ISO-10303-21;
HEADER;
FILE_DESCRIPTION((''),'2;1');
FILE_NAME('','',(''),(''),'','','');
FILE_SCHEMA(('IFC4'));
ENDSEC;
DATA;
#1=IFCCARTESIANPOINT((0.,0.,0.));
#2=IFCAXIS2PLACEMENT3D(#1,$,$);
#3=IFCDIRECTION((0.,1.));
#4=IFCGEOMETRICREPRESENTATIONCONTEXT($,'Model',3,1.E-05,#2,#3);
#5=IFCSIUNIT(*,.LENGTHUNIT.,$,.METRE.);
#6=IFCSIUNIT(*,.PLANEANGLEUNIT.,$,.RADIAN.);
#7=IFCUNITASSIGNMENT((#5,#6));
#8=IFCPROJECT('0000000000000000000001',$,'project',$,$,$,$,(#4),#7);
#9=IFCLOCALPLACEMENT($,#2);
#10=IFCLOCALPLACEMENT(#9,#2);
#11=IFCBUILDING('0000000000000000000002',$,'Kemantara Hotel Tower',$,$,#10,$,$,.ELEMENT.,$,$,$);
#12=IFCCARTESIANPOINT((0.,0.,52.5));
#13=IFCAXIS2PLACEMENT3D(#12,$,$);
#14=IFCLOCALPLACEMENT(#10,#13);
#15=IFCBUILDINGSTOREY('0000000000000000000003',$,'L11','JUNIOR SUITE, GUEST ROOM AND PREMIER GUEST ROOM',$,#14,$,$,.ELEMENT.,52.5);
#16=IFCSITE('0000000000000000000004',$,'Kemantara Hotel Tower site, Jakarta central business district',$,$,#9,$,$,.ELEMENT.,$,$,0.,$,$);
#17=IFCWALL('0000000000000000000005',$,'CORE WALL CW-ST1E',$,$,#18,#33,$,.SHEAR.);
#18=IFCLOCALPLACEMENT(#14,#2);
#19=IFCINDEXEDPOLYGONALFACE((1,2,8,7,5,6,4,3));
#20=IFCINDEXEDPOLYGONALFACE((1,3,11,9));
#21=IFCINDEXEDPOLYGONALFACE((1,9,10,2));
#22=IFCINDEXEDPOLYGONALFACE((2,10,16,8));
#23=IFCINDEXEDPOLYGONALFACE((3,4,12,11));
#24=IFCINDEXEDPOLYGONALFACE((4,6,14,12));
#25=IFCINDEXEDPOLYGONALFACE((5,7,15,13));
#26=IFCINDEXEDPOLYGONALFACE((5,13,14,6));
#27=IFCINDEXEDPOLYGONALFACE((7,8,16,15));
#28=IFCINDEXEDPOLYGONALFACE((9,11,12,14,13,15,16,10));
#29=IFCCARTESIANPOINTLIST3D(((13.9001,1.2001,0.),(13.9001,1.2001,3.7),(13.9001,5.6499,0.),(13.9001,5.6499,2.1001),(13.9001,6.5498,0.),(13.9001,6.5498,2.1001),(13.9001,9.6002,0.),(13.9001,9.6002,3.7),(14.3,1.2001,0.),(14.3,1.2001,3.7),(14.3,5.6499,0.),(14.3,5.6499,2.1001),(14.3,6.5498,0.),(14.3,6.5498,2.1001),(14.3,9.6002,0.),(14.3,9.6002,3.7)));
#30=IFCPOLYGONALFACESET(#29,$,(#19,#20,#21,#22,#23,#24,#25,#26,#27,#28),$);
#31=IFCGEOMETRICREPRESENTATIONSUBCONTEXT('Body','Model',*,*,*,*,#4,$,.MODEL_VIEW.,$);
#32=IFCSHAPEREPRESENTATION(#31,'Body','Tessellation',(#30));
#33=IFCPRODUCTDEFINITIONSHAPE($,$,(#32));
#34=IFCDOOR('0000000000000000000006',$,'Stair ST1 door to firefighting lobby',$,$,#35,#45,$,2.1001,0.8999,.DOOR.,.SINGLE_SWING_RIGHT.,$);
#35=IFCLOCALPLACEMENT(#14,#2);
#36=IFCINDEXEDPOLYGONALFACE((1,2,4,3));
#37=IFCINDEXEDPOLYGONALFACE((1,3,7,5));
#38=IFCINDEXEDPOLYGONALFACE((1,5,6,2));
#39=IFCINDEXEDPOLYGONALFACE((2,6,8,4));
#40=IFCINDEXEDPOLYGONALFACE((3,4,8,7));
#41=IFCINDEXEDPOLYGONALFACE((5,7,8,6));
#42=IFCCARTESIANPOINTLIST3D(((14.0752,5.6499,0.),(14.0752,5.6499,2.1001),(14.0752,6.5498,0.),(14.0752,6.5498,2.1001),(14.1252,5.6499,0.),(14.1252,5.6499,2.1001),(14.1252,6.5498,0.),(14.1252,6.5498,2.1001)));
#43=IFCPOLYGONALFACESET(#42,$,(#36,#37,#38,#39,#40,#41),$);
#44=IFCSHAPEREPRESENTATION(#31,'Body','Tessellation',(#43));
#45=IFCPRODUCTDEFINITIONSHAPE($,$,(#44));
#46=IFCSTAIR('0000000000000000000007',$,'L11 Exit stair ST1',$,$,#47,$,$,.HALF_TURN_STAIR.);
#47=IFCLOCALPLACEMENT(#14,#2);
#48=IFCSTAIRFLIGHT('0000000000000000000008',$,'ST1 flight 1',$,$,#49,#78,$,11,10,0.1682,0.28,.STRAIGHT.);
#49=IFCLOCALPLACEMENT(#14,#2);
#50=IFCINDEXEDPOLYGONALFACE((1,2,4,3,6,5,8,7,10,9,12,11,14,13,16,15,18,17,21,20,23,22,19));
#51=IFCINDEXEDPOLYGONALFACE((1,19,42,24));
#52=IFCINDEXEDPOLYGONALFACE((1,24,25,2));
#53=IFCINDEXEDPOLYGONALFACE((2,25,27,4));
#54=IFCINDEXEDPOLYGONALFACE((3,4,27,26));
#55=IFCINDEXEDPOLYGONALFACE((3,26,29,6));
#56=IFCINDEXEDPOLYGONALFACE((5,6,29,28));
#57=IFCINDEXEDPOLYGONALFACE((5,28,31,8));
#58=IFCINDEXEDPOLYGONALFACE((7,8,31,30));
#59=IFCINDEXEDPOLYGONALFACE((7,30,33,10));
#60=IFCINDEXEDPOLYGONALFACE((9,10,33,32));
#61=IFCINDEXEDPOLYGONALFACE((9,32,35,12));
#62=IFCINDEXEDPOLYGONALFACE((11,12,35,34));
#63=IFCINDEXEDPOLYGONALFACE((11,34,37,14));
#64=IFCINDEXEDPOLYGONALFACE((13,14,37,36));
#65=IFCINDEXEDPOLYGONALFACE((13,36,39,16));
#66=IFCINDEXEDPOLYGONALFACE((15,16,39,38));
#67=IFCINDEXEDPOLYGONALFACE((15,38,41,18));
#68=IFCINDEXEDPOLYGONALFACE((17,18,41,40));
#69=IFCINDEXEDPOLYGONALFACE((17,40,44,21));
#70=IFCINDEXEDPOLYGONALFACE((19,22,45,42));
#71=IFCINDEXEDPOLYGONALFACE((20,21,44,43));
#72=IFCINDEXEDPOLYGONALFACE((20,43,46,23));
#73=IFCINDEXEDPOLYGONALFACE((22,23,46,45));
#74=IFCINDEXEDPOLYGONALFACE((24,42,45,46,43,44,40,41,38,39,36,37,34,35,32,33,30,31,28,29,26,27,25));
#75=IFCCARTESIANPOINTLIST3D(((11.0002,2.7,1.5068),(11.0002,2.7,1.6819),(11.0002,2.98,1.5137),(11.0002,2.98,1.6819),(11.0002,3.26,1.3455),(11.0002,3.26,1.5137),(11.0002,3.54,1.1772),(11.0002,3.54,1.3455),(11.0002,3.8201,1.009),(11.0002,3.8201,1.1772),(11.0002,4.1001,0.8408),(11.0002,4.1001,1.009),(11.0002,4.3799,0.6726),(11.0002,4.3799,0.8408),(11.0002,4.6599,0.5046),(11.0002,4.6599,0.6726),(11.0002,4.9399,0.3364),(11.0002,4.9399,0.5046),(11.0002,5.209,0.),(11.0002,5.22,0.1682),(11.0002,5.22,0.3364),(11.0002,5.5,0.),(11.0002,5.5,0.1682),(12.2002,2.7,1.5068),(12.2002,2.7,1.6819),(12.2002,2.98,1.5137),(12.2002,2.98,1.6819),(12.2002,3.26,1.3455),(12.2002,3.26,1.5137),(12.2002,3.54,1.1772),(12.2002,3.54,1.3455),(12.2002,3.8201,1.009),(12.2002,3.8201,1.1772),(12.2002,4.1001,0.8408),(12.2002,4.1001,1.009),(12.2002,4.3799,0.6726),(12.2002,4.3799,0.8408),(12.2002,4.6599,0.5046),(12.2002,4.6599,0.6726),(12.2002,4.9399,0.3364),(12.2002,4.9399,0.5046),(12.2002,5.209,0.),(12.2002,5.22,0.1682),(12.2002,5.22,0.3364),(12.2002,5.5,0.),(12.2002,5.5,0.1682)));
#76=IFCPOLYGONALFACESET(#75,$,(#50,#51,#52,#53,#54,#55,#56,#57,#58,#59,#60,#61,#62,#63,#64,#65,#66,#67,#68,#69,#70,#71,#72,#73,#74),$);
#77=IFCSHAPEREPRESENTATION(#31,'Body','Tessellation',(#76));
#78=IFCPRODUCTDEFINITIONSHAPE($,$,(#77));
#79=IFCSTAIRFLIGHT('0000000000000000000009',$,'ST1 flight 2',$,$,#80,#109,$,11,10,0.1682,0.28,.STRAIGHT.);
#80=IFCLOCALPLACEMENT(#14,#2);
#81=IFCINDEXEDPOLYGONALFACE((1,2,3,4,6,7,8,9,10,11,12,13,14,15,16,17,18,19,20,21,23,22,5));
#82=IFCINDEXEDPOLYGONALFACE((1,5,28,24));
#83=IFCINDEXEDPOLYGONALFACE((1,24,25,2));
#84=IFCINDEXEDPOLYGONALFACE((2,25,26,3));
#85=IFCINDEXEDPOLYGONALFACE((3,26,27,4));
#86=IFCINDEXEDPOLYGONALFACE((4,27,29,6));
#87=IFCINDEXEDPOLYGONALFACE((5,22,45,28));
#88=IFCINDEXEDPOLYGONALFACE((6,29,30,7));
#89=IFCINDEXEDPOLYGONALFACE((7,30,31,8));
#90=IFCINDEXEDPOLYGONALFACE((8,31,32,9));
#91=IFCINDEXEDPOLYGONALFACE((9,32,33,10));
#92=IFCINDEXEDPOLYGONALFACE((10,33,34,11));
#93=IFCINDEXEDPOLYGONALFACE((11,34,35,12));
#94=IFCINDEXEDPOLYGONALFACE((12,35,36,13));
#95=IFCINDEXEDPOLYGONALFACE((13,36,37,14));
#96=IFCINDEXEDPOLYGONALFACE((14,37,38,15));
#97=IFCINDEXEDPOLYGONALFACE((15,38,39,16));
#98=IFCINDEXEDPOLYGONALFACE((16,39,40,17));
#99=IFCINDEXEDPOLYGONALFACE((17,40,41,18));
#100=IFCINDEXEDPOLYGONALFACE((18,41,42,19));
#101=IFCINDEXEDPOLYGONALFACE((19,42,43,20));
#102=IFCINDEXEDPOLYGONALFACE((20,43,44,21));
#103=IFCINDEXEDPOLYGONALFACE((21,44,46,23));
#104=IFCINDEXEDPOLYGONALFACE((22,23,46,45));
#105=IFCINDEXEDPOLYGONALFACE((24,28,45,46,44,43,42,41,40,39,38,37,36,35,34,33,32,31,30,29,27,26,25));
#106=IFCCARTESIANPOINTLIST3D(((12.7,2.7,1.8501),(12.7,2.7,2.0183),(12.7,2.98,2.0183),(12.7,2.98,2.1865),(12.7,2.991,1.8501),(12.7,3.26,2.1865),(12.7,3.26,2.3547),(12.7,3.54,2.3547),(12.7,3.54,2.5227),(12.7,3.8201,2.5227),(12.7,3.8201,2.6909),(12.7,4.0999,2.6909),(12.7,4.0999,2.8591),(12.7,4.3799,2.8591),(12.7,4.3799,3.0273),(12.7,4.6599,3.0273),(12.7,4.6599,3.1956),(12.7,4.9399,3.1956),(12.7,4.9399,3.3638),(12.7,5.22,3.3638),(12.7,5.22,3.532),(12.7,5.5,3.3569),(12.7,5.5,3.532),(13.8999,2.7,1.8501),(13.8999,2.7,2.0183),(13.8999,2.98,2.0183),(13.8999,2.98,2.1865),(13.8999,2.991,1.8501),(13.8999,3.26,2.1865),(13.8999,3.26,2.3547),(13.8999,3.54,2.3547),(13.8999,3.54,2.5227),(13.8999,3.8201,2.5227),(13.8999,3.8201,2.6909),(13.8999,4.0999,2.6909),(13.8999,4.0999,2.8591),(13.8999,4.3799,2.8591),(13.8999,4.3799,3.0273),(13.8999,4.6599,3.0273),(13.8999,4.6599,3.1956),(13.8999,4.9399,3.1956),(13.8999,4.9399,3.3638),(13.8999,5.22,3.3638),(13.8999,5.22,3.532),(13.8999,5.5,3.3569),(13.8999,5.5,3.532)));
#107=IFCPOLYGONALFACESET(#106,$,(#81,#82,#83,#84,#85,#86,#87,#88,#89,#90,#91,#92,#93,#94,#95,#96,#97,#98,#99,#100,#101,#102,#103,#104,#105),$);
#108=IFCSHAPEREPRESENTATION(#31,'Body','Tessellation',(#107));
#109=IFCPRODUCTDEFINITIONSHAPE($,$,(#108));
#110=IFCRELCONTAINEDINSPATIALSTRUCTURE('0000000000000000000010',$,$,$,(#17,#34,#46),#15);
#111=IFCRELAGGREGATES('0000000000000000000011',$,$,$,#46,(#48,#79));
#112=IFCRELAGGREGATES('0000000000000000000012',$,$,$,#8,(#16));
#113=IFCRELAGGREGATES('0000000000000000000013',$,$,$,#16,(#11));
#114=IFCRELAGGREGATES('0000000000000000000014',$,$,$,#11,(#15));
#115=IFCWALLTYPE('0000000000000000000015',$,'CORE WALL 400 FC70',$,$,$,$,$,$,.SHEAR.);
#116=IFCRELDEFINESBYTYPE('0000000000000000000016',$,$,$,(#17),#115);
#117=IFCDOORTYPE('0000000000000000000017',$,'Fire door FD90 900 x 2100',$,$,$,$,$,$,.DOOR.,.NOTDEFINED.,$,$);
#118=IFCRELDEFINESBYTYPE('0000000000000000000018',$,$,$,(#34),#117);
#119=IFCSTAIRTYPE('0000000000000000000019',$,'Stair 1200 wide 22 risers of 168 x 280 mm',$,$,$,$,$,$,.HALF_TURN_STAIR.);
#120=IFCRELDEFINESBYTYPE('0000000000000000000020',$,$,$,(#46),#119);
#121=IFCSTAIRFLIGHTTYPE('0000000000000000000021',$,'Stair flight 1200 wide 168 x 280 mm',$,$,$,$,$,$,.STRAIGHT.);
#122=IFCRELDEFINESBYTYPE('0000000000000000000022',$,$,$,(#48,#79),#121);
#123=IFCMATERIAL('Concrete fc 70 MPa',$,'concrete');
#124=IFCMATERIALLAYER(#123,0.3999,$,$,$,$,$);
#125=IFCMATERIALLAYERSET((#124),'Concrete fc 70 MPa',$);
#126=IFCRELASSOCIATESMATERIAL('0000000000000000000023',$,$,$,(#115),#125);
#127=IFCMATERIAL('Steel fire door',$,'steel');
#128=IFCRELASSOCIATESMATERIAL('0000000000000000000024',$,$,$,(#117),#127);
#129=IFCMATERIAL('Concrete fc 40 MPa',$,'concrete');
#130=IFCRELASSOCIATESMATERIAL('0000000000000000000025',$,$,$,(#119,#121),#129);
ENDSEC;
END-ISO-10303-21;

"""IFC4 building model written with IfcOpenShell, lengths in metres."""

from ifc_helpers import new_model, si_unit, direction, frame, frame_2d, origin, place, context, subcontext, project, spatial, polyline, rectangle, outline, extrude, material, layer, layer_set, type_object, element, fill, aggregate, save


model = new_model("IFC4")

# Units and contexts
model_context = context("Model", 3, precision=1e-05, world=origin(), true_north=direction((0.0, 1.0)))
body_context = subcontext(model_context, "Body", "Model", "MODEL_VIEW")
ifc_project = project(units=[si_unit("LENGTHUNIT", "METRE"), si_unit("PLANEANGLEUNIT", "RADIAN")], contexts=[model_context])

# Site, building, storey
site_placement = place(None, origin())
site = spatial("IfcSite", under=ifc_project, at=site_placement, Name="Kemantara Hotel Tower site, Jakarta central business district", CompositionType="ELEMENT", RefElevation=0.0)
building_placement = place(site_placement, origin())
building = spatial("IfcBuilding", under=site, at=building_placement, Name="Kemantara Hotel Tower", CompositionType="ELEMENT")
storey_placement = place(building_placement, frame((0.0, 0.0, 52.5)))
storey = spatial("IfcBuildingStorey", under=building, at=storey_placement, Name="L11", Description="JUNIOR SUITE, GUEST ROOM AND PREMIER GUEST ROOM", CompositionType="ELEMENT", Elevation=52.5)

# Shared definitions
ifc_material_1 = material(Name="Concrete fc 70 MPa", Category="concrete")

# Shared definitions
ifc_layer_1 = layer(ifc_material_1, 0.3999)
ifc_layer_set_1 = layer_set([ifc_layer_1], Name="Concrete fc 70 MPa")
wall_type_1 = type_object("IfcWallType", Name="CORE WALL 400 FC70", PredefinedType="SHEAR", material=ifc_layer_set_1)
ifc_material_2 = material(Name="Steel fire door", Category="steel")

# Wall, opening, door
wall_1_placement = place(storey_placement, frame((14.1001, 1.2, 0.0), z_axis=(0.0, 0.0, 1.0), x_axis=(0.0, 1.0, 0.0)))
wall_1 = element("IfcWall", 1, at=wall_1_placement, inside=storey, type_object=wall_type_1, Name="CORE WALL CW-ST1E", PredefinedType="SHEAR", context=body_context, shape_type="SweptSolid", body=[
    extrude(rectangle(XDim=8.4001, YDim=0.3999, at=frame_2d((4.2002, 0.0))), origin(), (0.0, 0.0, 1.0), 3.7),
])
opening_1_placement = place(wall_1_placement, frame((4.45, 0.0, 0.0)))
opening_1 = element("IfcOpeningElement", 2, at=opening_1_placement, cuts=wall_1, PredefinedType="OPENING", context=body_context, shape_type="SweptSolid", body=[
    extrude(rectangle(XDim=0.8999, YDim=2.1001, at=frame_2d((0.45, 1.05))), frame((0.0, 0.21, 0.0), z_axis=(0.0, -1.0, 0.0), x_axis=(1.0, 0.0, 0.0)), (0.0, 0.0, 1.0), 0.4199),
])
door_type_1 = type_object("IfcDoorType", Name="Fire door FD90 900 x 2100", OperationType="NOTDEFINED", PredefinedType="DOOR", material=ifc_material_2)
door_1_placement = place(opening_1_placement, origin())
door_1 = element("IfcDoor", 3, at=door_1_placement, inside=storey, type_object=door_type_1, Name="Stair ST1 door to firefighting lobby", OperationType="SINGLE_SWING_RIGHT", OverallHeight=2.1001, OverallWidth=0.8999, PredefinedType="DOOR", context=body_context, shape_type="SweptSolid", body=[
    extrude(rectangle(XDim=0.8999, YDim=2.1001, at=frame_2d((0.45, 1.05))), frame((0.0, 0.0249, 0.0), z_axis=(0.0, -1.0, 0.0), x_axis=(1.0, 0.0, 0.0)), (0.0, 0.0, 1.0), 0.05),
])
fill(opening_1, door_1)

# Stair, stair flights
ifc_material_3 = material(Name="Concrete fc 40 MPa", Category="concrete")
stair_type = type_object("IfcStairType", Name="Stair 1200 wide 22 risers of 168 x 280 mm", PredefinedType="HALF_TURN_STAIR", material=ifc_material_3)
stair_placement = place(storey_placement, origin())
stair = element("IfcStair", 4, at=stair_placement, inside=storey, type_object=stair_type, Name="L11 Exit stair ST1", PredefinedType="HALF_TURN_STAIR")
stair_flight_type = type_object("IfcStairFlightType", Name="Stair flight 1200 wide 168 x 280 mm", PredefinedType="STRAIGHT", material=ifc_material_3)
stair_flight_1_placement = place(storey_placement, frame((11.6001, 5.5, 0.0), z_axis=(0.0, 0.0, 1.0), x_axis=(0.0, -1.0, 0.0)))
stair_flight_1 = element("IfcStairFlight", 5, at=stair_flight_1_placement, type_object=stair_flight_type, Name="ST1 flight 1", NumberOfRisers=11, NumberOfTreads=10, PredefinedType="STRAIGHT", RiserHeight=0.1682, TreadLength=0.28, context=body_context, shape_type="SweptSolid", body=[
    extrude(outline(polyline([(0.0, 0.0), (0.0, 0.1682), (0.28, 0.1682), (0.28, 0.3364), (0.5601, 0.3364), (0.5601, 0.5046), (0.8401, 0.5046), (0.8401, 0.6726), (1.1201, 0.6726), (1.1201, 0.8408), (1.3999, 0.8408), (1.3999, 1.009), (1.6799, 1.009), (1.6799, 1.1772), (1.96, 1.1772), (1.96, 1.3455), (2.24, 1.3455), (2.24, 1.5137), (2.52, 1.5137), (2.52, 1.6819), (2.8, 1.6819), (2.8, 1.8501), (2.8, 1.5068), (0.291, 0.0), (0.0, 0.0)])), frame((0.0, 0.6001, 0.0), z_axis=(0.0, -1.0, 0.0), x_axis=(1.0, 0.0, 0.0)), (0.0, 0.0, 1.0), 1.2),
])
stair_flight_2_placement = place(storey_placement, frame((13.3, 2.7, 1.8501), z_axis=(0.0, 0.0, 1.0), x_axis=(0.0, 1.0, 0.0)))
stair_flight_2 = element("IfcStairFlight", 6, at=stair_flight_2_placement, type_object=stair_flight_type, Name="ST1 flight 2", NumberOfRisers=11, NumberOfTreads=10, PredefinedType="STRAIGHT", RiserHeight=0.1682, TreadLength=0.28, context=body_context, shape_type="SweptSolid", body=[
    extrude(outline(polyline([(0.0, 0.0), (0.0, 0.1682), (0.28, 0.1682), (0.28, 0.3364), (0.5601, 0.3364), (0.5601, 0.5046), (0.8401, 0.5046), (0.8401, 0.6726), (1.1201, 0.6726), (1.1201, 0.8408), (1.3999, 0.8408), (1.3999, 1.009), (1.6799, 1.009), (1.6799, 1.1772), (1.96, 1.1772), (1.96, 1.3455), (2.24, 1.3455), (2.24, 1.5137), (2.52, 1.5137), (2.52, 1.6819), (2.8, 1.6819), (2.8, 1.8501), (2.8, 1.5068), (0.291, 0.0), (0.0, 0.0)])), frame((0.0, 0.6001, 0.0), z_axis=(0.0, -1.0, 0.0), x_axis=(1.0, 0.0, 0.0)), (0.0, 0.0, 1.0), 1.2),
])
aggregate(stair, [stair_flight_1, stair_flight_2])

save(model, "model.ifc")
